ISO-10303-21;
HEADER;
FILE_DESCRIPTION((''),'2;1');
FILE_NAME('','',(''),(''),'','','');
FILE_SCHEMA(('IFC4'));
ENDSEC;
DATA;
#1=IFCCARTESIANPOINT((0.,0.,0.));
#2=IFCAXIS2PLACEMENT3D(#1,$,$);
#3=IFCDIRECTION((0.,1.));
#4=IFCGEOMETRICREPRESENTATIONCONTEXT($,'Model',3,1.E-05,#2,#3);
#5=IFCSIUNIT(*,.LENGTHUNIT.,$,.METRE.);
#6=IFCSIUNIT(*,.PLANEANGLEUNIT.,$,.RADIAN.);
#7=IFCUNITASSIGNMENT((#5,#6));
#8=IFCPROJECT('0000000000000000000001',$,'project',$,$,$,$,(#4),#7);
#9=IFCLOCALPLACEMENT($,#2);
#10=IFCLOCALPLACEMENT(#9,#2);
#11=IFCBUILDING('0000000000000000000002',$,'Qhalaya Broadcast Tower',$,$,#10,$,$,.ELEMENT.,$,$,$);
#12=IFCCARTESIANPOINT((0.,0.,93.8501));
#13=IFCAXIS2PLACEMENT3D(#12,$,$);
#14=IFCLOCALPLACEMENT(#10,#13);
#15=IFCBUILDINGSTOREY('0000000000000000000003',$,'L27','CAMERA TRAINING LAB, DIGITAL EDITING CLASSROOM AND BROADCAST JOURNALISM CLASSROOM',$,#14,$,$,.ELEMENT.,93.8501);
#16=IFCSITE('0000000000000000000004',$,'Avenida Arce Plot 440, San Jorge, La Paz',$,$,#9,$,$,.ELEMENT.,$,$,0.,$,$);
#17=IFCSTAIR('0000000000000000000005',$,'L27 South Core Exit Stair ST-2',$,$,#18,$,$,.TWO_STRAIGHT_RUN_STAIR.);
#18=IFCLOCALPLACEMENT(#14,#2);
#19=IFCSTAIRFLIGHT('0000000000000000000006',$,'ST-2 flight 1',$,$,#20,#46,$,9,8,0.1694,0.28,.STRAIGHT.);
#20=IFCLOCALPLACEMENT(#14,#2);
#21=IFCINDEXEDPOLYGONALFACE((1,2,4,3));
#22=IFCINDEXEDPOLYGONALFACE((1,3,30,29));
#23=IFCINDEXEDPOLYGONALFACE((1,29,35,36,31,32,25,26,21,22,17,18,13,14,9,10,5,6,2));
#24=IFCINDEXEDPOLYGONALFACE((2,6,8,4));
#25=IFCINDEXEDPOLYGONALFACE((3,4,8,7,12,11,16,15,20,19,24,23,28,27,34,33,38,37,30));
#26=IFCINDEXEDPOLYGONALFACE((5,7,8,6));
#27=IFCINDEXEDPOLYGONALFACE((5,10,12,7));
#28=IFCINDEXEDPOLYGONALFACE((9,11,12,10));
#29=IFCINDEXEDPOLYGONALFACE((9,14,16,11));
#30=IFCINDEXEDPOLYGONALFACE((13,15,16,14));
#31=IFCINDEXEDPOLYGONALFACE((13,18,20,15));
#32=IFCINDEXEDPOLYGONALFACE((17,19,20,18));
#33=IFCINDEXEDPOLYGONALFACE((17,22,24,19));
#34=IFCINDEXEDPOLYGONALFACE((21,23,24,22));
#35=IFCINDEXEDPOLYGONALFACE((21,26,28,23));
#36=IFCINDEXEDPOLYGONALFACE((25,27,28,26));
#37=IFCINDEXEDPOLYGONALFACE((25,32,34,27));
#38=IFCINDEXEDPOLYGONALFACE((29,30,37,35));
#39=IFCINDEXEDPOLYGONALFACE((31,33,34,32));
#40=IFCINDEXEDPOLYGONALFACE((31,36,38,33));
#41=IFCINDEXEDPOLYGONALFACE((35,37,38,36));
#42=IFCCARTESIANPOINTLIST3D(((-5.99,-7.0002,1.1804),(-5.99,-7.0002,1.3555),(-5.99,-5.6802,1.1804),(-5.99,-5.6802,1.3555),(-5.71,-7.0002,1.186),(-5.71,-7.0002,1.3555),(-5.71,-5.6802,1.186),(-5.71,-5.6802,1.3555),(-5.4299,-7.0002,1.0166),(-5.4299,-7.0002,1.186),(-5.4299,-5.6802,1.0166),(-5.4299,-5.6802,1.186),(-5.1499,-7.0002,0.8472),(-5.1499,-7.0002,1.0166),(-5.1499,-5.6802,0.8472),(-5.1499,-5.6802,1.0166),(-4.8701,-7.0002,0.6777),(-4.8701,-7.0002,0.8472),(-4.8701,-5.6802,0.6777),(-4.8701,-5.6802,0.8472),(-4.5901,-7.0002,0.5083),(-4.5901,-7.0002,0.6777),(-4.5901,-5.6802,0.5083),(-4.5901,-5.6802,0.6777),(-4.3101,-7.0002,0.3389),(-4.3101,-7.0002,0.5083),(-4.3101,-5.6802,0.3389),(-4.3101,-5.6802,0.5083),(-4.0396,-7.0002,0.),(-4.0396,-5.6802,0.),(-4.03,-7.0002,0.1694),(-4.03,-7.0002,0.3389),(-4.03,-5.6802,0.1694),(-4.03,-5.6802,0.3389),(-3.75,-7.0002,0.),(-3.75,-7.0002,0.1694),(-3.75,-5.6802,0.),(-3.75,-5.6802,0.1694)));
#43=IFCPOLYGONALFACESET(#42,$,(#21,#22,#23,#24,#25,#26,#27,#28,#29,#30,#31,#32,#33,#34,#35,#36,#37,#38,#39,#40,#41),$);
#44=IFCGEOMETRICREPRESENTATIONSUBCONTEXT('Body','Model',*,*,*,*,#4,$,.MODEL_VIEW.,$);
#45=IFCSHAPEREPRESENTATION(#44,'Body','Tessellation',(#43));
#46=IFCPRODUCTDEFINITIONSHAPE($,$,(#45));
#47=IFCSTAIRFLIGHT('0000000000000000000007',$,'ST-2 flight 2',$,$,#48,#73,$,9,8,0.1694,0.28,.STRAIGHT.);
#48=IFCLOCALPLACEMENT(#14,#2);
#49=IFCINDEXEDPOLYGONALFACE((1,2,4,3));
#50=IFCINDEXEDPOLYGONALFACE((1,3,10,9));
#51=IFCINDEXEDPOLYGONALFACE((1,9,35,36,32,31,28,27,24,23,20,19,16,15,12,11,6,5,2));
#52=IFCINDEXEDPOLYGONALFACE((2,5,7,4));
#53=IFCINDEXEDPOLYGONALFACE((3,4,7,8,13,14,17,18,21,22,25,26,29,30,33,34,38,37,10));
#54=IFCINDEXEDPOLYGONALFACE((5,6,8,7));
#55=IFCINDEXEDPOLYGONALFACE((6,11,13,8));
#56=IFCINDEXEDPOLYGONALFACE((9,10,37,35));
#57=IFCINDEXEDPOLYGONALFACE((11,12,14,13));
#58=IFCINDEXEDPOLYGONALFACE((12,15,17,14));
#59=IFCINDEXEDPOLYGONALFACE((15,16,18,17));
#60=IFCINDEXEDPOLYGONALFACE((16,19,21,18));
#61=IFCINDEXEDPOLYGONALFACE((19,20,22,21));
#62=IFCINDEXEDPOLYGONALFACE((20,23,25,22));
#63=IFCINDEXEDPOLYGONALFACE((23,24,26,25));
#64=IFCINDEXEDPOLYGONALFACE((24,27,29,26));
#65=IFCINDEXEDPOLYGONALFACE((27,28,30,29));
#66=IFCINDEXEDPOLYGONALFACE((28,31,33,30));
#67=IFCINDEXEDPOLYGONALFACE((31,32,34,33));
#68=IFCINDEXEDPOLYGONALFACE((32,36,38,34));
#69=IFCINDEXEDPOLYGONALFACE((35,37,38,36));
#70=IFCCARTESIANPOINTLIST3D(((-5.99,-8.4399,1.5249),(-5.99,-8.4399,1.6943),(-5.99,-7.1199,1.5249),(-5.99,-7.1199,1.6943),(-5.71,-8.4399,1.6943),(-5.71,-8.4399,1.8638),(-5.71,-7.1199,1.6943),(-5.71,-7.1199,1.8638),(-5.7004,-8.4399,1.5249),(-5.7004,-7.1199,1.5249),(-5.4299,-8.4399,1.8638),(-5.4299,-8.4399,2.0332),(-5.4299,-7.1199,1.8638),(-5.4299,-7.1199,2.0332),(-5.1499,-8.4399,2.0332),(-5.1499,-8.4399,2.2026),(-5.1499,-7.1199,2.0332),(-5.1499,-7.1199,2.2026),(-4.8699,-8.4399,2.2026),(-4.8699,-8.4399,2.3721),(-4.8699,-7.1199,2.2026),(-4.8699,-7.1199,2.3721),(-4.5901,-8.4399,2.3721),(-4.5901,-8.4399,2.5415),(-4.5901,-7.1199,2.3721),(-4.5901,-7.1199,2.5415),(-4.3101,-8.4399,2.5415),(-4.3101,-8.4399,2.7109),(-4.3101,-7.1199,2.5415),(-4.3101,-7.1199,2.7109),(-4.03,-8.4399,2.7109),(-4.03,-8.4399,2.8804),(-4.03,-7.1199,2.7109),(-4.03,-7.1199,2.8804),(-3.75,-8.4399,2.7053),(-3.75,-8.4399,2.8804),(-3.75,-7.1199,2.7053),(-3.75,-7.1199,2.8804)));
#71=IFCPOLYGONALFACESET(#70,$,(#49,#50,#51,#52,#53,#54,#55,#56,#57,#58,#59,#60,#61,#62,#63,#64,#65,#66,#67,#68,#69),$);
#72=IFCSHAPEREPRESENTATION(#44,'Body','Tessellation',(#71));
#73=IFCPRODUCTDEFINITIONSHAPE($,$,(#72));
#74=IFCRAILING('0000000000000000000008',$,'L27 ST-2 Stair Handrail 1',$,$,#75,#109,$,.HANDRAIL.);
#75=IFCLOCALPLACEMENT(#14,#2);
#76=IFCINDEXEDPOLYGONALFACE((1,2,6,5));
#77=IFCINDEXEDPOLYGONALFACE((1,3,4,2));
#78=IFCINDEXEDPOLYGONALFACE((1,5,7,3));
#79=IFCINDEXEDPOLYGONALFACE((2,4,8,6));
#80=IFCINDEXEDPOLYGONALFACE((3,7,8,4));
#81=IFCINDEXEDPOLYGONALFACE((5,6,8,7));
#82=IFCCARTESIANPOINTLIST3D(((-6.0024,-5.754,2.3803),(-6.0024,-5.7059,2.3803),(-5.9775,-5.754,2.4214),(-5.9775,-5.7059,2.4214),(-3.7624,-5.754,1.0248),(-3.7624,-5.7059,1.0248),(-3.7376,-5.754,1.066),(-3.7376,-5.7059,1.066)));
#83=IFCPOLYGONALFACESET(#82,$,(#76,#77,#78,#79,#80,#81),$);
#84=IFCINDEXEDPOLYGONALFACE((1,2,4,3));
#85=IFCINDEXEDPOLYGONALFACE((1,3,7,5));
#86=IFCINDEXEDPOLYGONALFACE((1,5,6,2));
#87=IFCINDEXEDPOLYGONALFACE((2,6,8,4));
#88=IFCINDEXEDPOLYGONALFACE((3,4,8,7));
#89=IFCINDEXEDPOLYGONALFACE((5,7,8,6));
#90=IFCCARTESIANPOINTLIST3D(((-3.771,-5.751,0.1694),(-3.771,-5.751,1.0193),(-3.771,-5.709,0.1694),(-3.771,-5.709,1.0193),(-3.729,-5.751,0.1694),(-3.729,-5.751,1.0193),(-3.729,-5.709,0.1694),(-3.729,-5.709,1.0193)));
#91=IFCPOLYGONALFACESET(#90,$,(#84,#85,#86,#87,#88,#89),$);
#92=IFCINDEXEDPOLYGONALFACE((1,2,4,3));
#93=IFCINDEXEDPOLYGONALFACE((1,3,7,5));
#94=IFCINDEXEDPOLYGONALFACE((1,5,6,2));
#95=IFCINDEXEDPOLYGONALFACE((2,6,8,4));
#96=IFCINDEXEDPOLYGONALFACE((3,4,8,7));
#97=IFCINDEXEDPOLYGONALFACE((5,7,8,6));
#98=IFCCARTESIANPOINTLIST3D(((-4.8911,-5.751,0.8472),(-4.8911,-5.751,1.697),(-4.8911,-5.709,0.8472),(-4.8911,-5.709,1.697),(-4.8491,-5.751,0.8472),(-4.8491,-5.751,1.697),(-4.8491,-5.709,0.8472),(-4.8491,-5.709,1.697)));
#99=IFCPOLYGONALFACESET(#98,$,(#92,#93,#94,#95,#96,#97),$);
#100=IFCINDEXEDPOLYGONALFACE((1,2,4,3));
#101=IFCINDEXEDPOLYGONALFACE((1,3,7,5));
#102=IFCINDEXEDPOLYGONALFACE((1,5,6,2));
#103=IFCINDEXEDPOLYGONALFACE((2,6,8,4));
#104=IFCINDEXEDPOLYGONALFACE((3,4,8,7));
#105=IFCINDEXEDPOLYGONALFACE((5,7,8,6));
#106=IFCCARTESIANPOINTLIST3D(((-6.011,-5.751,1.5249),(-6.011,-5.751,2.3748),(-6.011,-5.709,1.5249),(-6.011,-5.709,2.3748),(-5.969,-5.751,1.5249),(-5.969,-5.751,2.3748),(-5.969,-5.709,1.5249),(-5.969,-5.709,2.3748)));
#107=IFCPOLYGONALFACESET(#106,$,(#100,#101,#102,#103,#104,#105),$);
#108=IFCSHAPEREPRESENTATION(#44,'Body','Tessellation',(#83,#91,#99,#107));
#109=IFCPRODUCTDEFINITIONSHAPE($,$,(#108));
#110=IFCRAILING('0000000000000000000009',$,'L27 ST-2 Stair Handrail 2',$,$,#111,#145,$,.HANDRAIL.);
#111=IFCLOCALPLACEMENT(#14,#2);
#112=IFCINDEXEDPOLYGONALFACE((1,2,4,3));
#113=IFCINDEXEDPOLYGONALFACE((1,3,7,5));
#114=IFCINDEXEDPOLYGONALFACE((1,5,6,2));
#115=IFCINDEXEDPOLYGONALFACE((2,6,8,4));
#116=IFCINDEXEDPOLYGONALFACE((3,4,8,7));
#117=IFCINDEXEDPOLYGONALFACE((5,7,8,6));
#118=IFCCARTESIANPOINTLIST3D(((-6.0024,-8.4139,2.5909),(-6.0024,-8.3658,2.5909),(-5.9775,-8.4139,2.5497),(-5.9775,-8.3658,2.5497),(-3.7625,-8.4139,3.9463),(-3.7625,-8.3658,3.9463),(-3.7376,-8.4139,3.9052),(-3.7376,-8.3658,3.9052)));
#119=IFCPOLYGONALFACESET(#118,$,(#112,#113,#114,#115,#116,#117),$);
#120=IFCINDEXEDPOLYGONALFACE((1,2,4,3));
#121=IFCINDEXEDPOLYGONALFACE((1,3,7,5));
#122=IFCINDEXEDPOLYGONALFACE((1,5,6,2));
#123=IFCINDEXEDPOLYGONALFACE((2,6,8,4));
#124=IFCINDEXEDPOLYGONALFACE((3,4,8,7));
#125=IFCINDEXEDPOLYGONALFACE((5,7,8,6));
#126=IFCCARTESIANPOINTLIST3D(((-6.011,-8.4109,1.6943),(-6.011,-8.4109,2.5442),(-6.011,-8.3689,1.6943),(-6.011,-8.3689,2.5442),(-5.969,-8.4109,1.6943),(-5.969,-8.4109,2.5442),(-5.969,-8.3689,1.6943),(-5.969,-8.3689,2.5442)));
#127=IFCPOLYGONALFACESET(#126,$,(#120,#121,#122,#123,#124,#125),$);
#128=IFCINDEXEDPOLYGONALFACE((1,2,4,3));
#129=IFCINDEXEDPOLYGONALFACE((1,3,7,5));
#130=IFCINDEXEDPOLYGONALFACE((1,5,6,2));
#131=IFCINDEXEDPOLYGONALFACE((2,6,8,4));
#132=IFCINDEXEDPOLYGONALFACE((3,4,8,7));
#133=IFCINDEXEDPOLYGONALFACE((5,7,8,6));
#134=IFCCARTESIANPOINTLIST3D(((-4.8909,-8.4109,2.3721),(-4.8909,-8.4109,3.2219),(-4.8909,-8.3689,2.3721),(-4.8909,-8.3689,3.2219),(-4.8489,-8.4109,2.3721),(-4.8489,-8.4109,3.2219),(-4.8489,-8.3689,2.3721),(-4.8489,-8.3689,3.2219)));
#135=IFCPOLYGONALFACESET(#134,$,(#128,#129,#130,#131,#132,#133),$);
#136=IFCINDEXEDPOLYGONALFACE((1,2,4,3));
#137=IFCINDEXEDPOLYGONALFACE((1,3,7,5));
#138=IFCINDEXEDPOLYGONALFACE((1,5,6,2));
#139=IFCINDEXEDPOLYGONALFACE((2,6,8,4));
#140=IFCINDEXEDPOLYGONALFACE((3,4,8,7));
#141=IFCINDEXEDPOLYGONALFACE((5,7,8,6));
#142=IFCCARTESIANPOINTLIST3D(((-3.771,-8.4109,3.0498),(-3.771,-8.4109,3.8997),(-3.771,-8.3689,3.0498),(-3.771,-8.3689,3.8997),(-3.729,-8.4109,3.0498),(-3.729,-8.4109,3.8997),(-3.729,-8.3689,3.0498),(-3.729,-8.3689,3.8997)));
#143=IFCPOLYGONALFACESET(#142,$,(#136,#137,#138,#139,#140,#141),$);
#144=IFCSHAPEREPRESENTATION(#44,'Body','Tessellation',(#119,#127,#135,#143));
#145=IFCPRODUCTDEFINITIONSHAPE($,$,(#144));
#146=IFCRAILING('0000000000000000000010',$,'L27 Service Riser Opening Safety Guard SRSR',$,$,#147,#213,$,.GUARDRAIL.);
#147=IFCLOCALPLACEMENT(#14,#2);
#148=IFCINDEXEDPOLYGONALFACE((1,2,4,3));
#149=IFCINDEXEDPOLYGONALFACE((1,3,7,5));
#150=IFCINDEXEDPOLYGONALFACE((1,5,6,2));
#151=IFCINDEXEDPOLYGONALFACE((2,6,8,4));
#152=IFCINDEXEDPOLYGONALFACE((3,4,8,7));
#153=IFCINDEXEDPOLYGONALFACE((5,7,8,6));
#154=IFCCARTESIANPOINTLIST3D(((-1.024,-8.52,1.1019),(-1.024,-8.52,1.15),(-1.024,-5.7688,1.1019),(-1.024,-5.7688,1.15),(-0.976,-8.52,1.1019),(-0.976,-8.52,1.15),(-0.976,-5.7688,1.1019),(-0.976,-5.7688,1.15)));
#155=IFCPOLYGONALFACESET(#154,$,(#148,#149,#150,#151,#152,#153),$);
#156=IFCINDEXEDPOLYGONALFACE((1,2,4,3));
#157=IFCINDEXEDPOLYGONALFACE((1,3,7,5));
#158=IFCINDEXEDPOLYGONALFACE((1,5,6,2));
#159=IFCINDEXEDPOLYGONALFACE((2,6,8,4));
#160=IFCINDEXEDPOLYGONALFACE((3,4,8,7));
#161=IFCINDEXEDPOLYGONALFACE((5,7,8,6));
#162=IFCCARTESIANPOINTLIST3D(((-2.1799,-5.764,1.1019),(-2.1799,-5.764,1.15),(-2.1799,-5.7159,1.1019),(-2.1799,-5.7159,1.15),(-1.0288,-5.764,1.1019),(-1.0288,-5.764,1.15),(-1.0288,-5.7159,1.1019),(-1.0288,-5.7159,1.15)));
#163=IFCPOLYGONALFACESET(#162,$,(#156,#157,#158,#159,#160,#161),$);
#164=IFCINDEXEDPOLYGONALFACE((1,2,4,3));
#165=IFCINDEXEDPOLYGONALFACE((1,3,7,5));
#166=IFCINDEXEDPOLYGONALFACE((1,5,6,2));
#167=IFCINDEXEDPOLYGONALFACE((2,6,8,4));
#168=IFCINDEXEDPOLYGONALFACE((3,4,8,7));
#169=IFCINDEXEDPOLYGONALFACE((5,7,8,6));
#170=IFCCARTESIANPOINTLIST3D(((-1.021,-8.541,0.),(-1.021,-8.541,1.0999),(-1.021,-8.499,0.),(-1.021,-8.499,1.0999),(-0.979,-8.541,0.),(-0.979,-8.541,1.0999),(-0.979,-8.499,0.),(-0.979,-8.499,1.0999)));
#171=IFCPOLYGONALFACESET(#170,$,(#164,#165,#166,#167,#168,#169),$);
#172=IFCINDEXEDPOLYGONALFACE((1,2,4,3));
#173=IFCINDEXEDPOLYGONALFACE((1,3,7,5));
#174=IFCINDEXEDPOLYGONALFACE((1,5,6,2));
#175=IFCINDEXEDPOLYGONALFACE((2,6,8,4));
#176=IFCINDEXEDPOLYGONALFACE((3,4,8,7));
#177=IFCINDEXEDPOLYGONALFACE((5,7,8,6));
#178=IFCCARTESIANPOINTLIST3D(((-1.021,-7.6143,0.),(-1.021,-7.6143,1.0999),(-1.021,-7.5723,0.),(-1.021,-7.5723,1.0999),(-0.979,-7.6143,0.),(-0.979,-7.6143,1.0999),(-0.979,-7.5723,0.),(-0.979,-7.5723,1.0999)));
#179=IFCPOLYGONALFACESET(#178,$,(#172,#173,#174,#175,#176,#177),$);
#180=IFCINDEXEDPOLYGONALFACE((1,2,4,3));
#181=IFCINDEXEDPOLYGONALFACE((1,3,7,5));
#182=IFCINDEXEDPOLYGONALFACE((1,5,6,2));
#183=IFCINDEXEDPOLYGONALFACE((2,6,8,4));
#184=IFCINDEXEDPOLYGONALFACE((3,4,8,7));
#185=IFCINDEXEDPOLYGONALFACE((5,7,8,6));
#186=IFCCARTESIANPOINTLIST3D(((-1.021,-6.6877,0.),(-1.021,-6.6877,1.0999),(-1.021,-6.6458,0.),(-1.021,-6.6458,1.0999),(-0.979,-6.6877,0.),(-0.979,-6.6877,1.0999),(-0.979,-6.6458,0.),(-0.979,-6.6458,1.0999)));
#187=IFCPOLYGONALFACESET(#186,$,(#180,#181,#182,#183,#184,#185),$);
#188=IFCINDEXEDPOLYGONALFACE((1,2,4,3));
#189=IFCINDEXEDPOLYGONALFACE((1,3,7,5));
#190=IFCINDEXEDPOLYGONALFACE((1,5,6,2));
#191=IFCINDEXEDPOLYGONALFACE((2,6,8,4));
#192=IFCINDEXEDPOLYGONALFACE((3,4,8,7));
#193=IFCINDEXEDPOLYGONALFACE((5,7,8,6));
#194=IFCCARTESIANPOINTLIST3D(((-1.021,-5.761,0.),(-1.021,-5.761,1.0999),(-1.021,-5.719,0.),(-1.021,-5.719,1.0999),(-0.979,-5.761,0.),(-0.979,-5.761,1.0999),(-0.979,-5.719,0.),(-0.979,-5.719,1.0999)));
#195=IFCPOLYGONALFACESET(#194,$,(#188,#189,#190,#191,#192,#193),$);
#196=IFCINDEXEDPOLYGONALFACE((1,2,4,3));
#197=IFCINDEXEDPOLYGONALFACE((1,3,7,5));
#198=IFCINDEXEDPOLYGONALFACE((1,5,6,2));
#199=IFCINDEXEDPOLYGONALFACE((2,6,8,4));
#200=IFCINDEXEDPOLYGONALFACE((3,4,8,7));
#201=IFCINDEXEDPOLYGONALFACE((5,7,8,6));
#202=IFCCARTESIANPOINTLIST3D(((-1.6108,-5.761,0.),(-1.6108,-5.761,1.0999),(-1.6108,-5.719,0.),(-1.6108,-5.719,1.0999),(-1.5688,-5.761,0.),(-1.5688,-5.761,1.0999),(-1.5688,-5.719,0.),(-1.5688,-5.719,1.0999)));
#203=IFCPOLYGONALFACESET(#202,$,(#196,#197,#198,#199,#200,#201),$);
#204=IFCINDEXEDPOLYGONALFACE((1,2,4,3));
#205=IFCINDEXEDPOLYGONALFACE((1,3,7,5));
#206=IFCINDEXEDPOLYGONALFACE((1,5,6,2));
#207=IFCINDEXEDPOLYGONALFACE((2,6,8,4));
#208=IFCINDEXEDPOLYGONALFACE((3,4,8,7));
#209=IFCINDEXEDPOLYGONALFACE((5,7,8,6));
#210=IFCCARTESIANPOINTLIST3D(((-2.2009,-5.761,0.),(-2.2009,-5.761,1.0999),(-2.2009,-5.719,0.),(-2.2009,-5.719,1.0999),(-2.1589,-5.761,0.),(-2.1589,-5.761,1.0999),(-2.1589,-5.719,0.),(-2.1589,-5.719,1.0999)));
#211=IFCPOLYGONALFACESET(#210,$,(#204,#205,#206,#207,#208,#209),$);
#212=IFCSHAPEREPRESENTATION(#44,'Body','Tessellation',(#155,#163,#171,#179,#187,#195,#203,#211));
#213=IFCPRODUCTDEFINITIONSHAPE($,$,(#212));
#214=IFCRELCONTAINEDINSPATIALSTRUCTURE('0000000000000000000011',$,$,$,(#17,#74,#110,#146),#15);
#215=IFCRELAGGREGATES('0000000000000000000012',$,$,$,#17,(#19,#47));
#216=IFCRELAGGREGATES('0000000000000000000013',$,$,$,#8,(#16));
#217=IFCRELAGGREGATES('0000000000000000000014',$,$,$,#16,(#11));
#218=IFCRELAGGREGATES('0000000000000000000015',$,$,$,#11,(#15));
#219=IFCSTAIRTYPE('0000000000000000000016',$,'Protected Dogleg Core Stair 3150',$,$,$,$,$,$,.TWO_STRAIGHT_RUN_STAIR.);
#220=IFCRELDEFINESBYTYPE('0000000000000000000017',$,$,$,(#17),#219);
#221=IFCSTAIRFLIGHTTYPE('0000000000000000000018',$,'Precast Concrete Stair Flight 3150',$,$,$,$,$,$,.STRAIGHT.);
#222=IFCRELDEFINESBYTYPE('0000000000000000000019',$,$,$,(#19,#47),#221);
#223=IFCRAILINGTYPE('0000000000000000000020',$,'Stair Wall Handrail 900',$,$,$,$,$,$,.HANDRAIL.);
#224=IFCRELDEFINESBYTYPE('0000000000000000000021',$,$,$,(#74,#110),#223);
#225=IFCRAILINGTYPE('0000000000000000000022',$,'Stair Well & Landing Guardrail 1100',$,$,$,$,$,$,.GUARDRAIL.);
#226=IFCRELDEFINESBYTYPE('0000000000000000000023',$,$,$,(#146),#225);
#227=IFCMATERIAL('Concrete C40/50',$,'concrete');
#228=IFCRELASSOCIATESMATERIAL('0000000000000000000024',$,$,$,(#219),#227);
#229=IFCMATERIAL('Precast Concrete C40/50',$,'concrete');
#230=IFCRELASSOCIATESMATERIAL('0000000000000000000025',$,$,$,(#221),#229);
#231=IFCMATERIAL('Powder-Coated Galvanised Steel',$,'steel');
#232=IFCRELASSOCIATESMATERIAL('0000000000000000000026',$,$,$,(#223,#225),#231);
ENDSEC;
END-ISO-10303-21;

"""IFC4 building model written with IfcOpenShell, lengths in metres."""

from ifc_helpers import new_model, si_unit, direction, frame, origin, origin_2d, place, context, subcontext, project, spatial, polyline, rectangle, outline, extrude, material, type_object, element, aggregate, save


model = new_model("IFC4")

# Units and contexts
model_context = context("Model", 3, precision=1e-05, world=origin(), true_north=direction((0.0, 1.0)))
body_context = subcontext(model_context, "Body", "Model", "MODEL_VIEW")
ifc_project = project(units=[si_unit("LENGTHUNIT", "METRE"), si_unit("PLANEANGLEUNIT", "RADIAN")], contexts=[model_context])

# Site, building, storey
site_placement = place(None, origin())
site = spatial("IfcSite", under=ifc_project, at=site_placement, Name="Avenida Arce Plot 440, San Jorge, La Paz", CompositionType="ELEMENT", RefElevation=0.0)
building_placement = place(site_placement, origin())
building = spatial("IfcBuilding", under=site, at=building_placement, Name="Qhalaya Broadcast Tower", CompositionType="ELEMENT")
storey_placement = place(building_placement, frame((0.0, 0.0, 93.8501)))
storey = spatial("IfcBuildingStorey", under=building, at=storey_placement, Name="L27", Description="CAMERA TRAINING LAB, DIGITAL EDITING CLASSROOM AND BROADCAST JOURNALISM CLASSROOM", CompositionType="ELEMENT", Elevation=93.8501)

# Stair, stair flights
ifc_material_1 = material(Name="Concrete C40/50", Category="concrete")
stair_type = type_object("IfcStairType", Name="Protected Dogleg Core Stair 3150", PredefinedType="TWO_STRAIGHT_RUN_STAIR", material=ifc_material_1)
stair_placement = place(storey_placement, origin())
stair = element("IfcStair", 1, at=stair_placement, inside=storey, type_object=stair_type, Name="L27 South Core Exit Stair ST-2", PredefinedType="TWO_STRAIGHT_RUN_STAIR")
ifc_material_2 = material(Name="Precast Concrete C40/50", Category="concrete")
stair_flight_type = type_object("IfcStairFlightType", Name="Precast Concrete Stair Flight 3150", PredefinedType="STRAIGHT", material=ifc_material_2)
stair_flight_1_placement = place(storey_placement, frame((-3.75, -6.3401, 0.0), z_axis=(0.0, 0.0, 1.0), x_axis=(-1.0, 0.0, 0.0)))
stair_flight_1 = element("IfcStairFlight", 2, at=stair_flight_1_placement, type_object=stair_flight_type, Name="ST-2 flight 1", NumberOfRisers=9, NumberOfTreads=8, PredefinedType="STRAIGHT", RiserHeight=0.1694, TreadLength=0.28, context=body_context, shape_type="SweptSolid", body=[
    extrude(outline(polyline([(0.0, 0.0), (0.0, 0.1694), (0.28, 0.1694), (0.28, 0.3389), (0.5601, 0.3389), (0.5601, 0.5083), (0.8401, 0.5083), (0.8401, 0.6777), (1.1201, 0.6777), (1.1201, 0.8472), (1.3999, 0.8472), (1.3999, 1.0166), (1.6799, 1.0166), (1.6799, 1.186), (1.96, 1.186), (1.96, 1.3555), (2.24, 1.3555), (2.24, 1.5249), (2.24, 1.1804), (0.2896, 0.0), (0.0, 0.0)])), frame((0.0, 0.6602, 0.0), z_axis=(0.0, -1.0, 0.0), x_axis=(1.0, 0.0, 0.0)), (0.0, 0.0, 1.0), 1.3201),
])
stair_flight_2_placement = place(storey_placement, frame((-5.99, -7.78, 1.5249), z_axis=(0.0, 0.0, 1.0), x_axis=(1.0, 0.0, 0.0)))
stair_flight_2 = element("IfcStairFlight", 3, at=stair_flight_2_placement, type_object=stair_flight_type, Name="ST-2 flight 2", NumberOfRisers=9, NumberOfTreads=8, PredefinedType="STRAIGHT", RiserHeight=0.1694, TreadLength=0.28, context=body_context, shape_type="SweptSolid", body=[
    extrude(outline(polyline([(0.0, 0.0), (0.0, 0.1694), (0.28, 0.1694), (0.28, 0.3389), (0.5601, 0.3389), (0.5601, 0.5083), (0.8401, 0.5083), (0.8401, 0.6777), (1.1201, 0.6777), (1.1201, 0.8472), (1.3999, 0.8472), (1.3999, 1.0166), (1.6799, 1.0166), (1.6799, 1.186), (1.96, 1.186), (1.96, 1.3555), (2.24, 1.3555), (2.24, 1.5249), (2.24, 1.1804), (0.2896, 0.0), (0.0, 0.0)])), frame((0.0, 0.6602, 0.0), z_axis=(0.0, -1.0, 0.0), x_axis=(1.0, 0.0, 0.0)), (0.0, 0.0, 1.0), 1.3201),
])
aggregate(stair, [stair_flight_1, stair_flight_2])

# Railings
ifc_material_3 = material(Name="Powder-Coated Galvanised Steel", Category="steel")
railing_type_1 = type_object("IfcRailingType", Name="Stair Wall Handrail 900", PredefinedType="HANDRAIL", material=ifc_material_3)
railing_1_placement = place(storey_placement, frame((-3.75, -5.73, 0.1694)))
element("IfcRailing", 4, at=railing_1_placement, inside=storey, type_object=railing_type_1, Name="L27 ST-2 Stair Handrail 1", PredefinedType="HANDRAIL", context=body_context, shape_type="SweptSolid", body=[
    extrude(rectangle(XDim=0.0481, YDim=0.0481, at=origin_2d()), frame((0.0, 0.0, 0.876), z_axis=(-0.855553, 0.0, 0.517715), x_axis=(0.0, -1.0, 0.0)), (0.0, 0.0, 1.0), 2.6182),
    extrude(rectangle(XDim=0.042, YDim=0.042, at=origin_2d()), origin(), (0.0, 0.0, 1.0), 0.8499),
    extrude(rectangle(XDim=0.042, YDim=0.042, at=origin_2d()), frame((-1.1201, 0.0, 0.6777)), (0.0, 0.0, 1.0), 0.8499),
    extrude(rectangle(XDim=0.042, YDim=0.042, at=origin_2d()), frame((-2.24, 0.0, 1.3555)), (0.0, 0.0, 1.0), 0.8499),
])
railing_2_placement = place(storey_placement, frame((-5.99, -8.3899, 1.6943)))
element("IfcRailing", 5, at=railing_2_placement, inside=storey, type_object=railing_type_1, Name="L27 ST-2 Stair Handrail 2", PredefinedType="HANDRAIL", context=body_context, shape_type="SweptSolid", body=[
    extrude(rectangle(XDim=0.0481, YDim=0.0481, at=origin_2d()), frame((0.0, 0.0, 0.876), z_axis=(0.855553, 0.0, 0.517715), x_axis=(0.0, 1.0, 0.0)), (0.0, 0.0, 1.0), 2.6182),
    extrude(rectangle(XDim=0.042, YDim=0.042, at=origin_2d()), origin(), (0.0, 0.0, 1.0), 0.8499),
    extrude(rectangle(XDim=0.042, YDim=0.042, at=origin_2d()), frame((1.1201, 0.0, 0.6777)), (0.0, 0.0, 1.0), 0.8499),
    extrude(rectangle(XDim=0.042, YDim=0.042, at=origin_2d()), frame((2.24, 0.0, 1.3555)), (0.0, 0.0, 1.0), 0.8499),
])
railing_type_2 = type_object("IfcRailingType", Name="Stair Well & Landing Guardrail 1100", PredefinedType="GUARDRAIL", material=ifc_material_3)
railing_3_placement = place(storey_placement, frame((-1.0, -8.52, 0.0)))
element("IfcRailing", 6, at=railing_3_placement, inside=storey, type_object=railing_type_2, Name="L27 Service Riser Opening Safety Guard SRSR", PredefinedType="GUARDRAIL", context=body_context, shape_type="SweptSolid", body=[
    extrude(rectangle(XDim=0.0481, YDim=0.0481, at=origin_2d()), frame((0.0, 0.0, 1.126), z_axis=(0.0, 1.0, 0.0), x_axis=(-1.0, 0.0, 0.0)), (0.0, 0.0, 1.0), 2.7512),
    extrude(rectangle(XDim=0.0481, YDim=0.0481, at=origin_2d()), frame((-0.0288, 2.78, 1.126), z_axis=(-1.0, 0.0, 0.0), x_axis=(0.0, -1.0, 0.0)), (0.0, 0.0, 1.0), 1.1511),
    extrude(rectangle(XDim=0.042, YDim=0.042, at=origin_2d()), origin(), (0.0, 0.0, 1.0), 1.0999),
    extrude(rectangle(XDim=0.042, YDim=0.042, at=origin_2d()), frame((0.0, 0.9268, 0.0)), (0.0, 0.0, 1.0), 1.0999),
    extrude(rectangle(XDim=0.042, YDim=0.042, at=origin_2d()), frame((0.0, 1.8533, 0.0)), (0.0, 0.0, 1.0), 1.0999),
    extrude(rectangle(XDim=0.042, YDim=0.042, at=origin_2d()), frame((0.0, 2.78, 0.0)), (0.0, 0.0, 1.0), 1.0999),
    extrude(rectangle(XDim=0.042, YDim=0.042, at=origin_2d()), frame((-0.5898, 2.78, 0.0)), (0.0, 0.0, 1.0), 1.0999),
    extrude(rectangle(XDim=0.042, YDim=0.042, at=origin_2d()), frame((-1.1799, 2.78, 0.0)), (0.0, 0.0, 1.0), 1.0999),
])

save(model, "model.ifc")
